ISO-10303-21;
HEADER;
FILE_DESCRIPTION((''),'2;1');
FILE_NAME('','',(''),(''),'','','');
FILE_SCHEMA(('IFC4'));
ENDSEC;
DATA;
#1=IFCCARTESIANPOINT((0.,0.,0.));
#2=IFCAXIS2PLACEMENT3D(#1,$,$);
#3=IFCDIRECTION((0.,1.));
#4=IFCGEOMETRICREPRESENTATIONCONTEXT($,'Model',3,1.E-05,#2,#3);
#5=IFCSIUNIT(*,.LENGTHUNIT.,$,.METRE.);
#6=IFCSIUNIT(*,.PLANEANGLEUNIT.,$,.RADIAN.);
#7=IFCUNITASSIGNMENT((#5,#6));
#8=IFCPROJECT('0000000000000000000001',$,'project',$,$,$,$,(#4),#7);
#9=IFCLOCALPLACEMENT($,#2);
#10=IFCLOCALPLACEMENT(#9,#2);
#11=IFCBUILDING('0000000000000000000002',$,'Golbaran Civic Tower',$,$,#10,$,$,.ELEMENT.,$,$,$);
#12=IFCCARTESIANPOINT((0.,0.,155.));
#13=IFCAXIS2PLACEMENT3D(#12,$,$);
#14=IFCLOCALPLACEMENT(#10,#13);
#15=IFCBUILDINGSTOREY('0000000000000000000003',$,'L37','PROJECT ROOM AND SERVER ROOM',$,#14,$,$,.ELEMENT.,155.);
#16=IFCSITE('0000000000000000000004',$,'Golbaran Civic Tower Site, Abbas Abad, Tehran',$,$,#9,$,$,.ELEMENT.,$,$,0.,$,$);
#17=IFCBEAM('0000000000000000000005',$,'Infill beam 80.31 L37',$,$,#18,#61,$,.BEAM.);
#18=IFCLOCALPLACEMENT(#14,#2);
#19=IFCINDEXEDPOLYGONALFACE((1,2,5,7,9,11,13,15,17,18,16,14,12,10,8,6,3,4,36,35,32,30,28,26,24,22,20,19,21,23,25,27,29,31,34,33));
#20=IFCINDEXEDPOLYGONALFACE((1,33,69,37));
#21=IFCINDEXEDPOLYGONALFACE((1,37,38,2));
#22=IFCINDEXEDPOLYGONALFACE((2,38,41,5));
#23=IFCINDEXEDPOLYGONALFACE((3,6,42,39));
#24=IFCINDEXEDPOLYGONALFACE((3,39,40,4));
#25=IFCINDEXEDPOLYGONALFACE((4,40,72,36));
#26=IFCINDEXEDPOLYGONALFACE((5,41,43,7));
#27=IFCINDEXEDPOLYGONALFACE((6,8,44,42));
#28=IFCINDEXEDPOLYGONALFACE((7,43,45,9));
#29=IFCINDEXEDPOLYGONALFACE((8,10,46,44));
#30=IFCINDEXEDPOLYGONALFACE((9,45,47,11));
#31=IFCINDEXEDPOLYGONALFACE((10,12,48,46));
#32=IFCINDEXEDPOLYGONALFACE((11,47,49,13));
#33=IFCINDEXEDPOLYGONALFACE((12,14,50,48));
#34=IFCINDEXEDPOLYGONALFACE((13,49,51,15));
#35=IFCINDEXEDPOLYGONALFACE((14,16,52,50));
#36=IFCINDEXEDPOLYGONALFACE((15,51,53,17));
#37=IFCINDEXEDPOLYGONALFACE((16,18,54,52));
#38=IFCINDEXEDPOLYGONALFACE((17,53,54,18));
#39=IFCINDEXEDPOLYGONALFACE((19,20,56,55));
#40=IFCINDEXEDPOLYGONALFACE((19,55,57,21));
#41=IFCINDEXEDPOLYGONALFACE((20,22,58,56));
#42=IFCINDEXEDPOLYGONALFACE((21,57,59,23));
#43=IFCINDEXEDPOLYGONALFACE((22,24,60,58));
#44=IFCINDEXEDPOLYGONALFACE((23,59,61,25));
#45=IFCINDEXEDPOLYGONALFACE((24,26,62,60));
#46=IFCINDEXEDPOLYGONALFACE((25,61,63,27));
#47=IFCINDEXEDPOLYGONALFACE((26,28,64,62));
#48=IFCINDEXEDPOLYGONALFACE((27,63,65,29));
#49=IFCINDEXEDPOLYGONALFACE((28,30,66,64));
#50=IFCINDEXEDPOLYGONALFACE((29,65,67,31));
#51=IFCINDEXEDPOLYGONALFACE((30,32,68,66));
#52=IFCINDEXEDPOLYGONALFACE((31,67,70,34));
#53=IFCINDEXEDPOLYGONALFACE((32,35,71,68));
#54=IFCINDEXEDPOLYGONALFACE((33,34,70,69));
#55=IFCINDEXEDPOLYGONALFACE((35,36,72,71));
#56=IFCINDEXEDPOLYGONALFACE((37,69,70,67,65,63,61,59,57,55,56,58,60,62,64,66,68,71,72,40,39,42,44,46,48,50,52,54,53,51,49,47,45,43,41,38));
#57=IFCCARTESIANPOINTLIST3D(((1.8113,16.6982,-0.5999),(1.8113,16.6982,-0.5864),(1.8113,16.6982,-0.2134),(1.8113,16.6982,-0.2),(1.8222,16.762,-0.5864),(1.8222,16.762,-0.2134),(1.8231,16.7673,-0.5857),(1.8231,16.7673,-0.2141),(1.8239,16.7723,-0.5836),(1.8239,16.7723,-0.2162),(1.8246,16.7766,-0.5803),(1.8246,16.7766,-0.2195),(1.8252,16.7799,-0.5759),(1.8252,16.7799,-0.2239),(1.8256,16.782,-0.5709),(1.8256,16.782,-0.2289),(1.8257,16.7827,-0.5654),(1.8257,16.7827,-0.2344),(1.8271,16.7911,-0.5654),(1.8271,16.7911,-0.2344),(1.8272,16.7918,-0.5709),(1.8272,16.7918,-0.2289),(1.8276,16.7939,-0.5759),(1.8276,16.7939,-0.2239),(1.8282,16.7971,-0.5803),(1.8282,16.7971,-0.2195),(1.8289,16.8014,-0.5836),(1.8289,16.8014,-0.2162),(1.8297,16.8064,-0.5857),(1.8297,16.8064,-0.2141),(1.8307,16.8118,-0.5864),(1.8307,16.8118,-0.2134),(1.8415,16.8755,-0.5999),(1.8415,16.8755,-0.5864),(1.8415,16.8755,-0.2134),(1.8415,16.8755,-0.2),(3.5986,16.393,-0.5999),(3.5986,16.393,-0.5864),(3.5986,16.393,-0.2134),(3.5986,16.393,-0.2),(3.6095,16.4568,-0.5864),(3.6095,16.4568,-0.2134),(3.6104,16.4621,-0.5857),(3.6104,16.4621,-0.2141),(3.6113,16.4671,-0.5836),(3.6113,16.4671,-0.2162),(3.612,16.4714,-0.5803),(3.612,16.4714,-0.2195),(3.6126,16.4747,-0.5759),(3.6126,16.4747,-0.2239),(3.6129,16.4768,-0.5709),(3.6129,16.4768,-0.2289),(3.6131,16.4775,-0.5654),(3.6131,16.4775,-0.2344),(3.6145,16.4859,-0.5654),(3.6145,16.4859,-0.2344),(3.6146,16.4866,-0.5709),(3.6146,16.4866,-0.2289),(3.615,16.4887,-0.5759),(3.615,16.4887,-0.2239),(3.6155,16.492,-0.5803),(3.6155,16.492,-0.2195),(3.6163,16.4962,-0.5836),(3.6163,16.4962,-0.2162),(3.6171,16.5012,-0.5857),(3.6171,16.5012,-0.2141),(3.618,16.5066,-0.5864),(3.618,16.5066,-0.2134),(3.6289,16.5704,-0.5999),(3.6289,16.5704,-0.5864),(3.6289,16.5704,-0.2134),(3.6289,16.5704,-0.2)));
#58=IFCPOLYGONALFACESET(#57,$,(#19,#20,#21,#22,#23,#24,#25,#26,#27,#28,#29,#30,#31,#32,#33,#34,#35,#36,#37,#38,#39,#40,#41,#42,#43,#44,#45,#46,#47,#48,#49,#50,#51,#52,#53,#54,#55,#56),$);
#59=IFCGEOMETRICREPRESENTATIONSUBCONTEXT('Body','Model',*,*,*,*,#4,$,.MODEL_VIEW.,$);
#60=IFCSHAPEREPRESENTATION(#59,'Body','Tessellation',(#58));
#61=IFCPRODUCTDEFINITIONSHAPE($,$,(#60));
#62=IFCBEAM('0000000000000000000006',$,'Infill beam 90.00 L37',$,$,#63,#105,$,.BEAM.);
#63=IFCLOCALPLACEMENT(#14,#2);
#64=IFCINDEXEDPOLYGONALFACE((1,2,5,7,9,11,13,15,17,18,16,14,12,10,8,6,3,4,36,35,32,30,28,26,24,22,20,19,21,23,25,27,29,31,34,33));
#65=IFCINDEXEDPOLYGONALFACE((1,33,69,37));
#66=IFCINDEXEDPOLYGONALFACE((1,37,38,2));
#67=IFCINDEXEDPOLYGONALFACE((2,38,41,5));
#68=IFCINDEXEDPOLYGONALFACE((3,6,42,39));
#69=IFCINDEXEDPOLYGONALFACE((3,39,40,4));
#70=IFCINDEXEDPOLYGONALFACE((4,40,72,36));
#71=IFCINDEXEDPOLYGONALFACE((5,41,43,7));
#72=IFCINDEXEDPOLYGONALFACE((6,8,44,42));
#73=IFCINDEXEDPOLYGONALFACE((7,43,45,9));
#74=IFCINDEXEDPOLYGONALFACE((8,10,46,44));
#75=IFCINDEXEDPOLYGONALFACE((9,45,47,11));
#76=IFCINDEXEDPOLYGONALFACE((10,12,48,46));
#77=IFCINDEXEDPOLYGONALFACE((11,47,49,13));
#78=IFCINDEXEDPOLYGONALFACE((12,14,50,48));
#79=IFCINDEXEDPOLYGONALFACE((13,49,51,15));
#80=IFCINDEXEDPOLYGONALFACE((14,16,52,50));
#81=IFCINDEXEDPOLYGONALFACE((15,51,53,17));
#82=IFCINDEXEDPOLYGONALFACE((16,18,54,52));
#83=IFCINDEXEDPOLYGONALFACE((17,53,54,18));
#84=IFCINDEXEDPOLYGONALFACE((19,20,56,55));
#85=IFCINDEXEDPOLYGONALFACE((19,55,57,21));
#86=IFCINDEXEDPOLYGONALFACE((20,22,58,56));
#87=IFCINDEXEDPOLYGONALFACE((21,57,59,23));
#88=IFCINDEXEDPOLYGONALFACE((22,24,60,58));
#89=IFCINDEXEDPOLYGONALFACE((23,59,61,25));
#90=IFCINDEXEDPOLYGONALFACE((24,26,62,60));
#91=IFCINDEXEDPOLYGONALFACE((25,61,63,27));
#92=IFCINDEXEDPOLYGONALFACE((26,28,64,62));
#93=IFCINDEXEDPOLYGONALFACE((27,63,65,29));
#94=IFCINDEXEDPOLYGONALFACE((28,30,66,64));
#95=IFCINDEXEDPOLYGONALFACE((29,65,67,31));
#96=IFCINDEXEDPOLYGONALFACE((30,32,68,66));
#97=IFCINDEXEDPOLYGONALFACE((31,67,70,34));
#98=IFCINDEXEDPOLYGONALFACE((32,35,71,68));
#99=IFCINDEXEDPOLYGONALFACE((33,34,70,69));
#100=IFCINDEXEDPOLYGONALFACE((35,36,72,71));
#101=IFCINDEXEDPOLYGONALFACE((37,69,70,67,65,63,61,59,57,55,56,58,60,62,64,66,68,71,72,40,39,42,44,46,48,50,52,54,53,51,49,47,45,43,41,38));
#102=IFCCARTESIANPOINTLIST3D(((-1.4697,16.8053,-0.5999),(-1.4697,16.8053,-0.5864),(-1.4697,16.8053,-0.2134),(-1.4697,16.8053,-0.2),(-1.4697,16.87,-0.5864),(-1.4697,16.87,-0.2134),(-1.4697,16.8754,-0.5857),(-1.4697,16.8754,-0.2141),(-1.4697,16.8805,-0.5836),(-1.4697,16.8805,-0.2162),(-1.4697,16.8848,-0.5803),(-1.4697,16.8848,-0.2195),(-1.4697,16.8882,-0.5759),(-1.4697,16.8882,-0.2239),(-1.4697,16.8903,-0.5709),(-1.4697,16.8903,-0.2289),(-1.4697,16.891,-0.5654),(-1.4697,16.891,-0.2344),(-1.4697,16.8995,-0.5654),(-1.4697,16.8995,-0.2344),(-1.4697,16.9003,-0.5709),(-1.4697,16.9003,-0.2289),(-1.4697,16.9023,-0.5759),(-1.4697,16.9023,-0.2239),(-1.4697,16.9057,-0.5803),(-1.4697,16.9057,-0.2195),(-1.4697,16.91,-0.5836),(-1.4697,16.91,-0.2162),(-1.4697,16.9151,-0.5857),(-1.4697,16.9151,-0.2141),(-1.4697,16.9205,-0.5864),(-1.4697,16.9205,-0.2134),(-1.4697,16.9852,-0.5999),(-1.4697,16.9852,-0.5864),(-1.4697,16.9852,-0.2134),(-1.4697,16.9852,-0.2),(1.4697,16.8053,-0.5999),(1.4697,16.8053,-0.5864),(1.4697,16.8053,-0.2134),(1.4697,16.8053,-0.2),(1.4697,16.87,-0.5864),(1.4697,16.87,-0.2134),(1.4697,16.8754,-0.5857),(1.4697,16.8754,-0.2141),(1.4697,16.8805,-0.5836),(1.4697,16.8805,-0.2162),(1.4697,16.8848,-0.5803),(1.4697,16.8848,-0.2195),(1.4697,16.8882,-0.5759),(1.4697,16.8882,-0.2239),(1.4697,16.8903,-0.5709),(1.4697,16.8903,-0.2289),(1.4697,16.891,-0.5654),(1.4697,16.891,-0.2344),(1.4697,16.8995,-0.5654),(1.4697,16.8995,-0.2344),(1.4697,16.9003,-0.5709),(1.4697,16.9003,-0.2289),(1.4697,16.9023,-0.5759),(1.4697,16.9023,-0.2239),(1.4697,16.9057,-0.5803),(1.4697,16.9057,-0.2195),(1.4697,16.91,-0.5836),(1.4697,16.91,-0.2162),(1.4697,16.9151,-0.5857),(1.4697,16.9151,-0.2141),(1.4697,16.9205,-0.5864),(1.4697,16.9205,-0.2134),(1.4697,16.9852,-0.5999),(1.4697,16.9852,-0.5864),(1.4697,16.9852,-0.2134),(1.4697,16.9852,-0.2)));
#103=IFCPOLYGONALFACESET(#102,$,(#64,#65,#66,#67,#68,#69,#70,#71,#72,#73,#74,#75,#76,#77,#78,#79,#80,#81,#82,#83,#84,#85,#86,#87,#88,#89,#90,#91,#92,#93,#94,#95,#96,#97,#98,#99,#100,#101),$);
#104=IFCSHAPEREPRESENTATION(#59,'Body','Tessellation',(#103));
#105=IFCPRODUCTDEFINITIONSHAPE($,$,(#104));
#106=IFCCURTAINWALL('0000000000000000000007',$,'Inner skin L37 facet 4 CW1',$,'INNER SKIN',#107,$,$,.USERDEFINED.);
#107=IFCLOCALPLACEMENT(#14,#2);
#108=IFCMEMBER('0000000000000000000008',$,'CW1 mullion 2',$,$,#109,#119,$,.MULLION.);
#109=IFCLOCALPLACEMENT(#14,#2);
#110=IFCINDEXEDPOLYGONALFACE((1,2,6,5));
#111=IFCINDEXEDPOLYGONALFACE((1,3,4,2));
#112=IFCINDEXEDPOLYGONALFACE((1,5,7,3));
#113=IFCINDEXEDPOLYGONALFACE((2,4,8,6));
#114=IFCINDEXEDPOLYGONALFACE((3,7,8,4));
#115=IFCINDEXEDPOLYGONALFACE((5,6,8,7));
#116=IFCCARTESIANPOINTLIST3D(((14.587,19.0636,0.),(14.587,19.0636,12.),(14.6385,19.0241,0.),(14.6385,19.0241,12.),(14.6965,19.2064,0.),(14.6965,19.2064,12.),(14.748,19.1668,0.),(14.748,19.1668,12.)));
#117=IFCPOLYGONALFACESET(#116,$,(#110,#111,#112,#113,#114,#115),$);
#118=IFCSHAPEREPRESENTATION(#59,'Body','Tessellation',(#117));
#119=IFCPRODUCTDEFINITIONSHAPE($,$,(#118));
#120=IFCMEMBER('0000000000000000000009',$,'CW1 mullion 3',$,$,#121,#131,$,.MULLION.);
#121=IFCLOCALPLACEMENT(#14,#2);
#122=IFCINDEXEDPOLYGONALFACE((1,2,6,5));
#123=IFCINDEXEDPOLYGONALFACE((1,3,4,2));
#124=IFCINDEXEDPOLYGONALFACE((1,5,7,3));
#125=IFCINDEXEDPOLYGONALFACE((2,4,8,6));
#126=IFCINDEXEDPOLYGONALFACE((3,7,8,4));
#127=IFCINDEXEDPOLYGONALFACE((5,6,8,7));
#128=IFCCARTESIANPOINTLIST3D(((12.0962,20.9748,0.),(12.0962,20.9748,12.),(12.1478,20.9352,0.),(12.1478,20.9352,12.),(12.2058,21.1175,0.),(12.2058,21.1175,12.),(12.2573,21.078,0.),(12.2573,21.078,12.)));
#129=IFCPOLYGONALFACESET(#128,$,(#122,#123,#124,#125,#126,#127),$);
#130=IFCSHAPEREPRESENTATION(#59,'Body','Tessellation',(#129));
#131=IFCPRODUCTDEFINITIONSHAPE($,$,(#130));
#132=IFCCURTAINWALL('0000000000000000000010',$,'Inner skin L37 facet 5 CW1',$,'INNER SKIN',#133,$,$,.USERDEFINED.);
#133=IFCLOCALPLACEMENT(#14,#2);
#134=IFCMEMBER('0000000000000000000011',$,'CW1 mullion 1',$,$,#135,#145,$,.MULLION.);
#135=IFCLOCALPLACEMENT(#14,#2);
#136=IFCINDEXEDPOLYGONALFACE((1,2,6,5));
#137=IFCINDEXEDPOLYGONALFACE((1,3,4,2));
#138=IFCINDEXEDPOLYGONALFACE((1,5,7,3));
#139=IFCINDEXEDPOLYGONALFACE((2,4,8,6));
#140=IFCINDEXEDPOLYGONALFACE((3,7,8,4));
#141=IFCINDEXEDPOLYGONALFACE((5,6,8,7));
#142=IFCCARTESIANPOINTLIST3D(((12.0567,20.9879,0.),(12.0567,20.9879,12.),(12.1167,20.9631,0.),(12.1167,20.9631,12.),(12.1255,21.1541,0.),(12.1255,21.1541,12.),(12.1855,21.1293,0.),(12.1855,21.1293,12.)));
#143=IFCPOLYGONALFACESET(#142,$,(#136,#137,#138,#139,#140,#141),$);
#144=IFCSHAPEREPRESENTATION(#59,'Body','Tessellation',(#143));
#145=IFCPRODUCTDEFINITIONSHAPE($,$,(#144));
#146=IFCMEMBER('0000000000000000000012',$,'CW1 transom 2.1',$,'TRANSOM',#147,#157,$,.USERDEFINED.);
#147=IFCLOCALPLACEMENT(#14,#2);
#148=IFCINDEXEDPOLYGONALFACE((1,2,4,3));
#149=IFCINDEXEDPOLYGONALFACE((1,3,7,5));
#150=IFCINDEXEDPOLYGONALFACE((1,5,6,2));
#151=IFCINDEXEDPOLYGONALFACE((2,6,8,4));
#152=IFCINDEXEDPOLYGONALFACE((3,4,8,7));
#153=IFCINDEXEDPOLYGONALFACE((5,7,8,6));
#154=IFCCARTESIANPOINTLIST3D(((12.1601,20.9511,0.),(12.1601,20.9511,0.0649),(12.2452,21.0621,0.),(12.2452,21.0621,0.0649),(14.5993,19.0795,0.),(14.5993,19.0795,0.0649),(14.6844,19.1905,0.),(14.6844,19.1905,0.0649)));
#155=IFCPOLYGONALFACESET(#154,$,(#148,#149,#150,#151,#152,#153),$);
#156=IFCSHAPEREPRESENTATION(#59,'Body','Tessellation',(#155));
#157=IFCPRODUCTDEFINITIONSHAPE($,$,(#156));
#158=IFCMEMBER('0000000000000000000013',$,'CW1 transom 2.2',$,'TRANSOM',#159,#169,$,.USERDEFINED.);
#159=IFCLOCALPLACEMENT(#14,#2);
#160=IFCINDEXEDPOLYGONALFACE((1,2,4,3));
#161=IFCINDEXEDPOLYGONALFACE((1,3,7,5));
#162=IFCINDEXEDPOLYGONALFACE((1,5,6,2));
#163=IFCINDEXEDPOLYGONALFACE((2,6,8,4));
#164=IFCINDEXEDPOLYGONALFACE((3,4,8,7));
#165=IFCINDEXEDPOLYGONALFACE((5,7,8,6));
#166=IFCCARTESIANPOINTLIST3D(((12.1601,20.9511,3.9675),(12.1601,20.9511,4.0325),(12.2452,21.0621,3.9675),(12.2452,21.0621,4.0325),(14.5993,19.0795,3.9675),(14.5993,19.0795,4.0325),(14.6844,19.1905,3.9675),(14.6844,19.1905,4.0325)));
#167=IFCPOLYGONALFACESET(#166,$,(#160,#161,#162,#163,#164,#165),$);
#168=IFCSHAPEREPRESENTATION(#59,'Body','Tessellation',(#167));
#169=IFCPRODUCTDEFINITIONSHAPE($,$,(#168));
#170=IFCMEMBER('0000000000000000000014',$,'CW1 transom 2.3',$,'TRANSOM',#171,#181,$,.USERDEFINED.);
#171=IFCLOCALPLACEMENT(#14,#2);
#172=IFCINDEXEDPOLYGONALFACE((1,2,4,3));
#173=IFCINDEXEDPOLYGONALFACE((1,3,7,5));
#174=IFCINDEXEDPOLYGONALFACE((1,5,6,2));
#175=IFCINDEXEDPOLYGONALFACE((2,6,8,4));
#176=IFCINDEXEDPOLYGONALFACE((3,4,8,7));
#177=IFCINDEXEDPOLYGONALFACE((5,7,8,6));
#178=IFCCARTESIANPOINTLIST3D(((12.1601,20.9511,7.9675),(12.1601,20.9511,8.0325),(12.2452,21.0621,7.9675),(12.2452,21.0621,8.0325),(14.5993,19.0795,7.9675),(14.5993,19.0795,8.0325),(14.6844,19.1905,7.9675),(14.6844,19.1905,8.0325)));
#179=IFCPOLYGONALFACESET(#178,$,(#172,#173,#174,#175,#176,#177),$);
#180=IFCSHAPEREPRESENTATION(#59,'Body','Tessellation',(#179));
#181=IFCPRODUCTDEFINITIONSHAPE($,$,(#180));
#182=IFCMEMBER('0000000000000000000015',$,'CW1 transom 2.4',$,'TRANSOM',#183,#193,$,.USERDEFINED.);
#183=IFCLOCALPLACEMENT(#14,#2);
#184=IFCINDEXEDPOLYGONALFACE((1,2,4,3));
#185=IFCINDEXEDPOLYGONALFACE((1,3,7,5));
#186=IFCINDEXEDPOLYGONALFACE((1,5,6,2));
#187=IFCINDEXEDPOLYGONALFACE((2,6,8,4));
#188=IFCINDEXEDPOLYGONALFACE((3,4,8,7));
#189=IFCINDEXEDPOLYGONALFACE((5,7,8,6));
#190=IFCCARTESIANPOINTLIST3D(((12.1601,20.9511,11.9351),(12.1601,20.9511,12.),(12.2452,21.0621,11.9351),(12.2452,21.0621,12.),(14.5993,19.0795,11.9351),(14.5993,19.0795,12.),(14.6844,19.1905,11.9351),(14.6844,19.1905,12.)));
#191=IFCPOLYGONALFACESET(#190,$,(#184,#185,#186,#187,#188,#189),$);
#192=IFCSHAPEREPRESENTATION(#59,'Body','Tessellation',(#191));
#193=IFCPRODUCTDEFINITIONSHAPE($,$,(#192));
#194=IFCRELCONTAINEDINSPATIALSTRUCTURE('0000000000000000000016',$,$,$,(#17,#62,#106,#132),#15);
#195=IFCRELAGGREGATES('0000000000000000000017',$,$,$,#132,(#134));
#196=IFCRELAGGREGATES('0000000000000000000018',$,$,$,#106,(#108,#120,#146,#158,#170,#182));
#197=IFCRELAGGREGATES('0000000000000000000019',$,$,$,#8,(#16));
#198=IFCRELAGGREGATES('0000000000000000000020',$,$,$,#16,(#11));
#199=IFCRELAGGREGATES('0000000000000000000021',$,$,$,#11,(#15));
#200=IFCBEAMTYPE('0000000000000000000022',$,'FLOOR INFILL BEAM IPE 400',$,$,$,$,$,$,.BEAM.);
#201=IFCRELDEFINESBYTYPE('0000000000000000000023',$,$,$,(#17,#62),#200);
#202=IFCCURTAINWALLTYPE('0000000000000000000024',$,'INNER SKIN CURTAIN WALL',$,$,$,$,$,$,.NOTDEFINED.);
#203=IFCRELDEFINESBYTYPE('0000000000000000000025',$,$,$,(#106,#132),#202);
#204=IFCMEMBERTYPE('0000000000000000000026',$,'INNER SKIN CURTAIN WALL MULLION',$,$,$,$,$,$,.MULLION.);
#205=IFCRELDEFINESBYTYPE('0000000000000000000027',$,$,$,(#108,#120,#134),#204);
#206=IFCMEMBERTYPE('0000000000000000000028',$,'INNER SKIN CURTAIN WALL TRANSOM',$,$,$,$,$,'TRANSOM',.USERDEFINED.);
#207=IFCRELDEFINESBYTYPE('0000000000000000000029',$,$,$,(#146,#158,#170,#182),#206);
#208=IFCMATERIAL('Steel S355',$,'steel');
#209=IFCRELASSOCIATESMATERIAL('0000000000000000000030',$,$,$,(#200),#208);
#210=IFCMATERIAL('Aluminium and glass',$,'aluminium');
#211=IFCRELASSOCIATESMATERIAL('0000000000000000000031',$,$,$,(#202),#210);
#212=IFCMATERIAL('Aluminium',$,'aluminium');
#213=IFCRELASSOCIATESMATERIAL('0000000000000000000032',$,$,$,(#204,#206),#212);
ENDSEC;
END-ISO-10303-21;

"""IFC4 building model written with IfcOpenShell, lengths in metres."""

from ifc_helpers import new_model, si_unit, direction, frame, origin, origin_2d, place, context, subcontext, project, spatial, rectangle, i_section, extrude, material, material_profile, profile_set, type_object, element, aggregate, save


model = new_model("IFC4")

# Units and contexts
model_context = context("Model", 3, precision=1e-05, world=origin(), true_north=direction((0.0, 1.0)))
body_context = subcontext(model_context, "Body", "Model", "MODEL_VIEW")
ifc_project = project(units=[si_unit("LENGTHUNIT", "METRE"), si_unit("PLANEANGLEUNIT", "RADIAN")], contexts=[model_context])

# Site, building, storey
site_placement = place(None, origin())
site = spatial("IfcSite", under=ifc_project, at=site_placement, Name="Golbaran Civic Tower Site, Abbas Abad, Tehran", CompositionType="ELEMENT", RefElevation=0.0)
building_placement = place(site_placement, origin())
building = spatial("IfcBuilding", under=site, at=building_placement, Name="Golbaran Civic Tower", CompositionType="ELEMENT")
storey_placement = place(building_placement, frame((0.0, 0.0, 155.0)))
storey = spatial("IfcBuildingStorey", under=building, at=storey_placement, Name="L37", Description="PROJECT ROOM AND SERVER ROOM", CompositionType="ELEMENT", Elevation=155.0)

# Beams
ifc_material_1 = material(Name="Steel S355", Category="steel")
ifc_material_profile_1 = material_profile(ifc_material_1, i_section(OverallWidth=0.1799, OverallDepth=0.3999, WebThickness=0.0085, FlangeThickness=0.0134, FilletRadius=0.021, at=origin_2d()), Name="IPE 400")
ifc_profile_set_1 = profile_set([ifc_material_profile_1], Name="Steel S355")
beam_type_1 = type_object("IfcBeamType", Name="FLOOR INFILL BEAM IPE 400", PredefinedType="BEAM", material=ifc_profile_set_1)
beam_1_placement = place(storey_placement, frame((3.6138, 16.4817, -0.3999), z_axis=(-0.985735, 0.168306, 0.0), x_axis=(-0.168306, -0.985735, 0.0)))
element("IfcBeam", 1, at=beam_1_placement, inside=storey, type_object=beam_type_1, Name="Infill beam 80.31 L37", PredefinedType="BEAM", context=body_context, shape_type="SweptSolid", body=[
    extrude(i_section(OverallWidth=0.1799, OverallDepth=0.3999, WebThickness=0.0085, FlangeThickness=0.0134, FilletRadius=0.021, at=origin_2d()), origin(), (0.0, 0.0, 1.0), 1.8132),
])
beam_2_placement = place(storey_placement, frame((1.4697, 16.8953, -0.3999), z_axis=(-1.0, 0.0, 0.0), x_axis=(0.0, -1.0, 0.0)))
element("IfcBeam", 2, at=beam_2_placement, inside=storey, type_object=beam_type_1, Name="Infill beam 90.00 L37", PredefinedType="BEAM", context=body_context, shape_type="SweptSolid", body=[
    extrude(i_section(OverallWidth=0.1799, OverallDepth=0.3999, WebThickness=0.0085, FlangeThickness=0.0134, FilletRadius=0.021, at=origin_2d()), origin(), (0.0, 0.0, 1.0), 2.9395),
])

# Curtain wall, members
ifc_material_2 = material(Name="Aluminium and glass", Category="aluminium")
curtain_wall_type = type_object("IfcCurtainWallType", Name="INNER SKIN CURTAIN WALL", PredefinedType="NOTDEFINED", material=ifc_material_2)
curtain_wall_1_placement = place(storey_placement, origin())
curtain_wall_1 = element("IfcCurtainWall", 3, at=curtain_wall_1_placement, inside=storey, type_object=curtain_wall_type, Name="Inner skin L37 facet 4 CW1", ObjectType="INNER SKIN", PredefinedType="USERDEFINED")
ifc_material_3 = material(Name="Aluminium", Category="aluminium")
ifc_material_profile_2 = material_profile(ifc_material_3, rectangle(XDim=0.1799, YDim=0.0649, at=origin_2d()), Name="INNER SKIN CURTAIN WALL MULLION")
ifc_profile_set_2 = profile_set([ifc_material_profile_2], Name="Aluminium")
member_type_1 = type_object("IfcMemberType", Name="INNER SKIN CURTAIN WALL MULLION", PredefinedType="MULLION", material=ifc_profile_set_2)
member_1_placement = place(storey_placement, frame((14.6675, 19.1152, 0.0), z_axis=(0.0, 0.0, 1.0), x_axis=(-0.608761, -0.793353, 0.0)))
member_1 = element("IfcMember", 4, at=member_1_placement, type_object=member_type_1, Name="CW1 mullion 2", PredefinedType="MULLION", context=body_context, shape_type="SweptSolid", body=[
    extrude(rectangle(XDim=0.1799, YDim=0.0649, at=origin_2d()), origin(), (0.0, 0.0, 1.0), 12.0),
])
member_2_placement = place(storey_placement, frame((12.1768, 21.0264, 0.0), z_axis=(0.0, 0.0, 1.0), x_axis=(-0.608761, -0.793353, 0.0)))
member_2 = element("IfcMember", 5, at=member_2_placement, type_object=member_type_1, Name="CW1 mullion 3", PredefinedType="MULLION", context=body_context, shape_type="SweptSolid", body=[
    extrude(rectangle(XDim=0.1799, YDim=0.0649, at=origin_2d()), origin(), (0.0, 0.0, 1.0), 12.0),
])

# Curtain wall, member
curtain_wall_2_placement = place(storey_placement, origin())
curtain_wall_2 = element("IfcCurtainWall", 6, at=curtain_wall_2_placement, inside=storey, type_object=curtain_wall_type, Name="Inner skin L37 facet 5 CW1", ObjectType="INNER SKIN", PredefinedType="USERDEFINED")
member_3_placement = place(storey_placement, frame((12.1211, 21.0586, 0.0), z_axis=(0.0, 0.0, 1.0), x_axis=(-0.382683, -0.92388, 0.0)))
member_3 = element("IfcMember", 7, at=member_3_placement, type_object=member_type_1, Name="CW1 mullion 1", PredefinedType="MULLION", context=body_context, shape_type="SweptSolid", body=[
    extrude(rectangle(XDim=0.1799, YDim=0.0649, at=origin_2d()), origin(), (0.0, 0.0, 1.0), 12.0),
])

# Members
ifc_material_profile_3 = material_profile(ifc_material_3, rectangle(XDim=0.1399, YDim=0.0649, at=origin_2d()), Name="INNER SKIN CURTAIN WALL TRANSOM")
ifc_profile_set_3 = profile_set([ifc_material_profile_3], Name="Aluminium")
member_type_2 = type_object("IfcMemberType", Name="INNER SKIN CURTAIN WALL TRANSOM", ElementType="TRANSOM", PredefinedType="USERDEFINED", material=ifc_profile_set_3)
member_4_placement = place(storey_placement, frame((14.6418, 19.135, 0.0325), z_axis=(-0.793367, 0.608743, 0.0), x_axis=(-0.608743, -0.793367, 0.0)))
member_4 = element("IfcMember", 8, at=member_4_placement, type_object=member_type_2, Name="CW1 transom 2.1", ObjectType="TRANSOM", PredefinedType="USERDEFINED", context=body_context, shape_type="SweptSolid", body=[
    extrude(rectangle(XDim=0.1399, YDim=0.0649, at=origin_2d()), origin(), (0.0, 0.0, 1.0), 3.0745),
])
member_5_placement = place(storey_placement, frame((14.6418, 19.135, 4.0), z_axis=(-0.793367, 0.608743, 0.0), x_axis=(-0.608743, -0.793367, 0.0)))
member_5 = element("IfcMember", 9, at=member_5_placement, type_object=member_type_2, Name="CW1 transom 2.2", ObjectType="TRANSOM", PredefinedType="USERDEFINED", context=body_context, shape_type="SweptSolid", body=[
    extrude(rectangle(XDim=0.1399, YDim=0.0649, at=origin_2d()), origin(), (0.0, 0.0, 1.0), 3.0745),
])
member_6_placement = place(storey_placement, frame((14.6418, 19.135, 8.0), z_axis=(-0.793367, 0.608743, 0.0), x_axis=(-0.608743, -0.793367, 0.0)))
member_6 = element("IfcMember", 10, at=member_6_placement, type_object=member_type_2, Name="CW1 transom 2.3", ObjectType="TRANSOM", PredefinedType="USERDEFINED", context=body_context, shape_type="SweptSolid", body=[
    extrude(rectangle(XDim=0.1399, YDim=0.0649, at=origin_2d()), origin(), (0.0, 0.0, 1.0), 3.0745),
])
member_7_placement = place(storey_placement, frame((14.6418, 19.135, 11.9675), z_axis=(-0.793367, 0.608743, 0.0), x_axis=(-0.608743, -0.793367, 0.0)))
member_7 = element("IfcMember", 11, at=member_7_placement, type_object=member_type_2, Name="CW1 transom 2.4", ObjectType="TRANSOM", PredefinedType="USERDEFINED", context=body_context, shape_type="SweptSolid", body=[
    extrude(rectangle(XDim=0.1399, YDim=0.0649, at=origin_2d()), origin(), (0.0, 0.0, 1.0), 3.0745),
])

aggregate(curtain_wall_2, [member_3])
aggregate(curtain_wall_1, [member_1, member_2, member_4, member_5, member_6, member_7])

save(model, "model.ifc")
